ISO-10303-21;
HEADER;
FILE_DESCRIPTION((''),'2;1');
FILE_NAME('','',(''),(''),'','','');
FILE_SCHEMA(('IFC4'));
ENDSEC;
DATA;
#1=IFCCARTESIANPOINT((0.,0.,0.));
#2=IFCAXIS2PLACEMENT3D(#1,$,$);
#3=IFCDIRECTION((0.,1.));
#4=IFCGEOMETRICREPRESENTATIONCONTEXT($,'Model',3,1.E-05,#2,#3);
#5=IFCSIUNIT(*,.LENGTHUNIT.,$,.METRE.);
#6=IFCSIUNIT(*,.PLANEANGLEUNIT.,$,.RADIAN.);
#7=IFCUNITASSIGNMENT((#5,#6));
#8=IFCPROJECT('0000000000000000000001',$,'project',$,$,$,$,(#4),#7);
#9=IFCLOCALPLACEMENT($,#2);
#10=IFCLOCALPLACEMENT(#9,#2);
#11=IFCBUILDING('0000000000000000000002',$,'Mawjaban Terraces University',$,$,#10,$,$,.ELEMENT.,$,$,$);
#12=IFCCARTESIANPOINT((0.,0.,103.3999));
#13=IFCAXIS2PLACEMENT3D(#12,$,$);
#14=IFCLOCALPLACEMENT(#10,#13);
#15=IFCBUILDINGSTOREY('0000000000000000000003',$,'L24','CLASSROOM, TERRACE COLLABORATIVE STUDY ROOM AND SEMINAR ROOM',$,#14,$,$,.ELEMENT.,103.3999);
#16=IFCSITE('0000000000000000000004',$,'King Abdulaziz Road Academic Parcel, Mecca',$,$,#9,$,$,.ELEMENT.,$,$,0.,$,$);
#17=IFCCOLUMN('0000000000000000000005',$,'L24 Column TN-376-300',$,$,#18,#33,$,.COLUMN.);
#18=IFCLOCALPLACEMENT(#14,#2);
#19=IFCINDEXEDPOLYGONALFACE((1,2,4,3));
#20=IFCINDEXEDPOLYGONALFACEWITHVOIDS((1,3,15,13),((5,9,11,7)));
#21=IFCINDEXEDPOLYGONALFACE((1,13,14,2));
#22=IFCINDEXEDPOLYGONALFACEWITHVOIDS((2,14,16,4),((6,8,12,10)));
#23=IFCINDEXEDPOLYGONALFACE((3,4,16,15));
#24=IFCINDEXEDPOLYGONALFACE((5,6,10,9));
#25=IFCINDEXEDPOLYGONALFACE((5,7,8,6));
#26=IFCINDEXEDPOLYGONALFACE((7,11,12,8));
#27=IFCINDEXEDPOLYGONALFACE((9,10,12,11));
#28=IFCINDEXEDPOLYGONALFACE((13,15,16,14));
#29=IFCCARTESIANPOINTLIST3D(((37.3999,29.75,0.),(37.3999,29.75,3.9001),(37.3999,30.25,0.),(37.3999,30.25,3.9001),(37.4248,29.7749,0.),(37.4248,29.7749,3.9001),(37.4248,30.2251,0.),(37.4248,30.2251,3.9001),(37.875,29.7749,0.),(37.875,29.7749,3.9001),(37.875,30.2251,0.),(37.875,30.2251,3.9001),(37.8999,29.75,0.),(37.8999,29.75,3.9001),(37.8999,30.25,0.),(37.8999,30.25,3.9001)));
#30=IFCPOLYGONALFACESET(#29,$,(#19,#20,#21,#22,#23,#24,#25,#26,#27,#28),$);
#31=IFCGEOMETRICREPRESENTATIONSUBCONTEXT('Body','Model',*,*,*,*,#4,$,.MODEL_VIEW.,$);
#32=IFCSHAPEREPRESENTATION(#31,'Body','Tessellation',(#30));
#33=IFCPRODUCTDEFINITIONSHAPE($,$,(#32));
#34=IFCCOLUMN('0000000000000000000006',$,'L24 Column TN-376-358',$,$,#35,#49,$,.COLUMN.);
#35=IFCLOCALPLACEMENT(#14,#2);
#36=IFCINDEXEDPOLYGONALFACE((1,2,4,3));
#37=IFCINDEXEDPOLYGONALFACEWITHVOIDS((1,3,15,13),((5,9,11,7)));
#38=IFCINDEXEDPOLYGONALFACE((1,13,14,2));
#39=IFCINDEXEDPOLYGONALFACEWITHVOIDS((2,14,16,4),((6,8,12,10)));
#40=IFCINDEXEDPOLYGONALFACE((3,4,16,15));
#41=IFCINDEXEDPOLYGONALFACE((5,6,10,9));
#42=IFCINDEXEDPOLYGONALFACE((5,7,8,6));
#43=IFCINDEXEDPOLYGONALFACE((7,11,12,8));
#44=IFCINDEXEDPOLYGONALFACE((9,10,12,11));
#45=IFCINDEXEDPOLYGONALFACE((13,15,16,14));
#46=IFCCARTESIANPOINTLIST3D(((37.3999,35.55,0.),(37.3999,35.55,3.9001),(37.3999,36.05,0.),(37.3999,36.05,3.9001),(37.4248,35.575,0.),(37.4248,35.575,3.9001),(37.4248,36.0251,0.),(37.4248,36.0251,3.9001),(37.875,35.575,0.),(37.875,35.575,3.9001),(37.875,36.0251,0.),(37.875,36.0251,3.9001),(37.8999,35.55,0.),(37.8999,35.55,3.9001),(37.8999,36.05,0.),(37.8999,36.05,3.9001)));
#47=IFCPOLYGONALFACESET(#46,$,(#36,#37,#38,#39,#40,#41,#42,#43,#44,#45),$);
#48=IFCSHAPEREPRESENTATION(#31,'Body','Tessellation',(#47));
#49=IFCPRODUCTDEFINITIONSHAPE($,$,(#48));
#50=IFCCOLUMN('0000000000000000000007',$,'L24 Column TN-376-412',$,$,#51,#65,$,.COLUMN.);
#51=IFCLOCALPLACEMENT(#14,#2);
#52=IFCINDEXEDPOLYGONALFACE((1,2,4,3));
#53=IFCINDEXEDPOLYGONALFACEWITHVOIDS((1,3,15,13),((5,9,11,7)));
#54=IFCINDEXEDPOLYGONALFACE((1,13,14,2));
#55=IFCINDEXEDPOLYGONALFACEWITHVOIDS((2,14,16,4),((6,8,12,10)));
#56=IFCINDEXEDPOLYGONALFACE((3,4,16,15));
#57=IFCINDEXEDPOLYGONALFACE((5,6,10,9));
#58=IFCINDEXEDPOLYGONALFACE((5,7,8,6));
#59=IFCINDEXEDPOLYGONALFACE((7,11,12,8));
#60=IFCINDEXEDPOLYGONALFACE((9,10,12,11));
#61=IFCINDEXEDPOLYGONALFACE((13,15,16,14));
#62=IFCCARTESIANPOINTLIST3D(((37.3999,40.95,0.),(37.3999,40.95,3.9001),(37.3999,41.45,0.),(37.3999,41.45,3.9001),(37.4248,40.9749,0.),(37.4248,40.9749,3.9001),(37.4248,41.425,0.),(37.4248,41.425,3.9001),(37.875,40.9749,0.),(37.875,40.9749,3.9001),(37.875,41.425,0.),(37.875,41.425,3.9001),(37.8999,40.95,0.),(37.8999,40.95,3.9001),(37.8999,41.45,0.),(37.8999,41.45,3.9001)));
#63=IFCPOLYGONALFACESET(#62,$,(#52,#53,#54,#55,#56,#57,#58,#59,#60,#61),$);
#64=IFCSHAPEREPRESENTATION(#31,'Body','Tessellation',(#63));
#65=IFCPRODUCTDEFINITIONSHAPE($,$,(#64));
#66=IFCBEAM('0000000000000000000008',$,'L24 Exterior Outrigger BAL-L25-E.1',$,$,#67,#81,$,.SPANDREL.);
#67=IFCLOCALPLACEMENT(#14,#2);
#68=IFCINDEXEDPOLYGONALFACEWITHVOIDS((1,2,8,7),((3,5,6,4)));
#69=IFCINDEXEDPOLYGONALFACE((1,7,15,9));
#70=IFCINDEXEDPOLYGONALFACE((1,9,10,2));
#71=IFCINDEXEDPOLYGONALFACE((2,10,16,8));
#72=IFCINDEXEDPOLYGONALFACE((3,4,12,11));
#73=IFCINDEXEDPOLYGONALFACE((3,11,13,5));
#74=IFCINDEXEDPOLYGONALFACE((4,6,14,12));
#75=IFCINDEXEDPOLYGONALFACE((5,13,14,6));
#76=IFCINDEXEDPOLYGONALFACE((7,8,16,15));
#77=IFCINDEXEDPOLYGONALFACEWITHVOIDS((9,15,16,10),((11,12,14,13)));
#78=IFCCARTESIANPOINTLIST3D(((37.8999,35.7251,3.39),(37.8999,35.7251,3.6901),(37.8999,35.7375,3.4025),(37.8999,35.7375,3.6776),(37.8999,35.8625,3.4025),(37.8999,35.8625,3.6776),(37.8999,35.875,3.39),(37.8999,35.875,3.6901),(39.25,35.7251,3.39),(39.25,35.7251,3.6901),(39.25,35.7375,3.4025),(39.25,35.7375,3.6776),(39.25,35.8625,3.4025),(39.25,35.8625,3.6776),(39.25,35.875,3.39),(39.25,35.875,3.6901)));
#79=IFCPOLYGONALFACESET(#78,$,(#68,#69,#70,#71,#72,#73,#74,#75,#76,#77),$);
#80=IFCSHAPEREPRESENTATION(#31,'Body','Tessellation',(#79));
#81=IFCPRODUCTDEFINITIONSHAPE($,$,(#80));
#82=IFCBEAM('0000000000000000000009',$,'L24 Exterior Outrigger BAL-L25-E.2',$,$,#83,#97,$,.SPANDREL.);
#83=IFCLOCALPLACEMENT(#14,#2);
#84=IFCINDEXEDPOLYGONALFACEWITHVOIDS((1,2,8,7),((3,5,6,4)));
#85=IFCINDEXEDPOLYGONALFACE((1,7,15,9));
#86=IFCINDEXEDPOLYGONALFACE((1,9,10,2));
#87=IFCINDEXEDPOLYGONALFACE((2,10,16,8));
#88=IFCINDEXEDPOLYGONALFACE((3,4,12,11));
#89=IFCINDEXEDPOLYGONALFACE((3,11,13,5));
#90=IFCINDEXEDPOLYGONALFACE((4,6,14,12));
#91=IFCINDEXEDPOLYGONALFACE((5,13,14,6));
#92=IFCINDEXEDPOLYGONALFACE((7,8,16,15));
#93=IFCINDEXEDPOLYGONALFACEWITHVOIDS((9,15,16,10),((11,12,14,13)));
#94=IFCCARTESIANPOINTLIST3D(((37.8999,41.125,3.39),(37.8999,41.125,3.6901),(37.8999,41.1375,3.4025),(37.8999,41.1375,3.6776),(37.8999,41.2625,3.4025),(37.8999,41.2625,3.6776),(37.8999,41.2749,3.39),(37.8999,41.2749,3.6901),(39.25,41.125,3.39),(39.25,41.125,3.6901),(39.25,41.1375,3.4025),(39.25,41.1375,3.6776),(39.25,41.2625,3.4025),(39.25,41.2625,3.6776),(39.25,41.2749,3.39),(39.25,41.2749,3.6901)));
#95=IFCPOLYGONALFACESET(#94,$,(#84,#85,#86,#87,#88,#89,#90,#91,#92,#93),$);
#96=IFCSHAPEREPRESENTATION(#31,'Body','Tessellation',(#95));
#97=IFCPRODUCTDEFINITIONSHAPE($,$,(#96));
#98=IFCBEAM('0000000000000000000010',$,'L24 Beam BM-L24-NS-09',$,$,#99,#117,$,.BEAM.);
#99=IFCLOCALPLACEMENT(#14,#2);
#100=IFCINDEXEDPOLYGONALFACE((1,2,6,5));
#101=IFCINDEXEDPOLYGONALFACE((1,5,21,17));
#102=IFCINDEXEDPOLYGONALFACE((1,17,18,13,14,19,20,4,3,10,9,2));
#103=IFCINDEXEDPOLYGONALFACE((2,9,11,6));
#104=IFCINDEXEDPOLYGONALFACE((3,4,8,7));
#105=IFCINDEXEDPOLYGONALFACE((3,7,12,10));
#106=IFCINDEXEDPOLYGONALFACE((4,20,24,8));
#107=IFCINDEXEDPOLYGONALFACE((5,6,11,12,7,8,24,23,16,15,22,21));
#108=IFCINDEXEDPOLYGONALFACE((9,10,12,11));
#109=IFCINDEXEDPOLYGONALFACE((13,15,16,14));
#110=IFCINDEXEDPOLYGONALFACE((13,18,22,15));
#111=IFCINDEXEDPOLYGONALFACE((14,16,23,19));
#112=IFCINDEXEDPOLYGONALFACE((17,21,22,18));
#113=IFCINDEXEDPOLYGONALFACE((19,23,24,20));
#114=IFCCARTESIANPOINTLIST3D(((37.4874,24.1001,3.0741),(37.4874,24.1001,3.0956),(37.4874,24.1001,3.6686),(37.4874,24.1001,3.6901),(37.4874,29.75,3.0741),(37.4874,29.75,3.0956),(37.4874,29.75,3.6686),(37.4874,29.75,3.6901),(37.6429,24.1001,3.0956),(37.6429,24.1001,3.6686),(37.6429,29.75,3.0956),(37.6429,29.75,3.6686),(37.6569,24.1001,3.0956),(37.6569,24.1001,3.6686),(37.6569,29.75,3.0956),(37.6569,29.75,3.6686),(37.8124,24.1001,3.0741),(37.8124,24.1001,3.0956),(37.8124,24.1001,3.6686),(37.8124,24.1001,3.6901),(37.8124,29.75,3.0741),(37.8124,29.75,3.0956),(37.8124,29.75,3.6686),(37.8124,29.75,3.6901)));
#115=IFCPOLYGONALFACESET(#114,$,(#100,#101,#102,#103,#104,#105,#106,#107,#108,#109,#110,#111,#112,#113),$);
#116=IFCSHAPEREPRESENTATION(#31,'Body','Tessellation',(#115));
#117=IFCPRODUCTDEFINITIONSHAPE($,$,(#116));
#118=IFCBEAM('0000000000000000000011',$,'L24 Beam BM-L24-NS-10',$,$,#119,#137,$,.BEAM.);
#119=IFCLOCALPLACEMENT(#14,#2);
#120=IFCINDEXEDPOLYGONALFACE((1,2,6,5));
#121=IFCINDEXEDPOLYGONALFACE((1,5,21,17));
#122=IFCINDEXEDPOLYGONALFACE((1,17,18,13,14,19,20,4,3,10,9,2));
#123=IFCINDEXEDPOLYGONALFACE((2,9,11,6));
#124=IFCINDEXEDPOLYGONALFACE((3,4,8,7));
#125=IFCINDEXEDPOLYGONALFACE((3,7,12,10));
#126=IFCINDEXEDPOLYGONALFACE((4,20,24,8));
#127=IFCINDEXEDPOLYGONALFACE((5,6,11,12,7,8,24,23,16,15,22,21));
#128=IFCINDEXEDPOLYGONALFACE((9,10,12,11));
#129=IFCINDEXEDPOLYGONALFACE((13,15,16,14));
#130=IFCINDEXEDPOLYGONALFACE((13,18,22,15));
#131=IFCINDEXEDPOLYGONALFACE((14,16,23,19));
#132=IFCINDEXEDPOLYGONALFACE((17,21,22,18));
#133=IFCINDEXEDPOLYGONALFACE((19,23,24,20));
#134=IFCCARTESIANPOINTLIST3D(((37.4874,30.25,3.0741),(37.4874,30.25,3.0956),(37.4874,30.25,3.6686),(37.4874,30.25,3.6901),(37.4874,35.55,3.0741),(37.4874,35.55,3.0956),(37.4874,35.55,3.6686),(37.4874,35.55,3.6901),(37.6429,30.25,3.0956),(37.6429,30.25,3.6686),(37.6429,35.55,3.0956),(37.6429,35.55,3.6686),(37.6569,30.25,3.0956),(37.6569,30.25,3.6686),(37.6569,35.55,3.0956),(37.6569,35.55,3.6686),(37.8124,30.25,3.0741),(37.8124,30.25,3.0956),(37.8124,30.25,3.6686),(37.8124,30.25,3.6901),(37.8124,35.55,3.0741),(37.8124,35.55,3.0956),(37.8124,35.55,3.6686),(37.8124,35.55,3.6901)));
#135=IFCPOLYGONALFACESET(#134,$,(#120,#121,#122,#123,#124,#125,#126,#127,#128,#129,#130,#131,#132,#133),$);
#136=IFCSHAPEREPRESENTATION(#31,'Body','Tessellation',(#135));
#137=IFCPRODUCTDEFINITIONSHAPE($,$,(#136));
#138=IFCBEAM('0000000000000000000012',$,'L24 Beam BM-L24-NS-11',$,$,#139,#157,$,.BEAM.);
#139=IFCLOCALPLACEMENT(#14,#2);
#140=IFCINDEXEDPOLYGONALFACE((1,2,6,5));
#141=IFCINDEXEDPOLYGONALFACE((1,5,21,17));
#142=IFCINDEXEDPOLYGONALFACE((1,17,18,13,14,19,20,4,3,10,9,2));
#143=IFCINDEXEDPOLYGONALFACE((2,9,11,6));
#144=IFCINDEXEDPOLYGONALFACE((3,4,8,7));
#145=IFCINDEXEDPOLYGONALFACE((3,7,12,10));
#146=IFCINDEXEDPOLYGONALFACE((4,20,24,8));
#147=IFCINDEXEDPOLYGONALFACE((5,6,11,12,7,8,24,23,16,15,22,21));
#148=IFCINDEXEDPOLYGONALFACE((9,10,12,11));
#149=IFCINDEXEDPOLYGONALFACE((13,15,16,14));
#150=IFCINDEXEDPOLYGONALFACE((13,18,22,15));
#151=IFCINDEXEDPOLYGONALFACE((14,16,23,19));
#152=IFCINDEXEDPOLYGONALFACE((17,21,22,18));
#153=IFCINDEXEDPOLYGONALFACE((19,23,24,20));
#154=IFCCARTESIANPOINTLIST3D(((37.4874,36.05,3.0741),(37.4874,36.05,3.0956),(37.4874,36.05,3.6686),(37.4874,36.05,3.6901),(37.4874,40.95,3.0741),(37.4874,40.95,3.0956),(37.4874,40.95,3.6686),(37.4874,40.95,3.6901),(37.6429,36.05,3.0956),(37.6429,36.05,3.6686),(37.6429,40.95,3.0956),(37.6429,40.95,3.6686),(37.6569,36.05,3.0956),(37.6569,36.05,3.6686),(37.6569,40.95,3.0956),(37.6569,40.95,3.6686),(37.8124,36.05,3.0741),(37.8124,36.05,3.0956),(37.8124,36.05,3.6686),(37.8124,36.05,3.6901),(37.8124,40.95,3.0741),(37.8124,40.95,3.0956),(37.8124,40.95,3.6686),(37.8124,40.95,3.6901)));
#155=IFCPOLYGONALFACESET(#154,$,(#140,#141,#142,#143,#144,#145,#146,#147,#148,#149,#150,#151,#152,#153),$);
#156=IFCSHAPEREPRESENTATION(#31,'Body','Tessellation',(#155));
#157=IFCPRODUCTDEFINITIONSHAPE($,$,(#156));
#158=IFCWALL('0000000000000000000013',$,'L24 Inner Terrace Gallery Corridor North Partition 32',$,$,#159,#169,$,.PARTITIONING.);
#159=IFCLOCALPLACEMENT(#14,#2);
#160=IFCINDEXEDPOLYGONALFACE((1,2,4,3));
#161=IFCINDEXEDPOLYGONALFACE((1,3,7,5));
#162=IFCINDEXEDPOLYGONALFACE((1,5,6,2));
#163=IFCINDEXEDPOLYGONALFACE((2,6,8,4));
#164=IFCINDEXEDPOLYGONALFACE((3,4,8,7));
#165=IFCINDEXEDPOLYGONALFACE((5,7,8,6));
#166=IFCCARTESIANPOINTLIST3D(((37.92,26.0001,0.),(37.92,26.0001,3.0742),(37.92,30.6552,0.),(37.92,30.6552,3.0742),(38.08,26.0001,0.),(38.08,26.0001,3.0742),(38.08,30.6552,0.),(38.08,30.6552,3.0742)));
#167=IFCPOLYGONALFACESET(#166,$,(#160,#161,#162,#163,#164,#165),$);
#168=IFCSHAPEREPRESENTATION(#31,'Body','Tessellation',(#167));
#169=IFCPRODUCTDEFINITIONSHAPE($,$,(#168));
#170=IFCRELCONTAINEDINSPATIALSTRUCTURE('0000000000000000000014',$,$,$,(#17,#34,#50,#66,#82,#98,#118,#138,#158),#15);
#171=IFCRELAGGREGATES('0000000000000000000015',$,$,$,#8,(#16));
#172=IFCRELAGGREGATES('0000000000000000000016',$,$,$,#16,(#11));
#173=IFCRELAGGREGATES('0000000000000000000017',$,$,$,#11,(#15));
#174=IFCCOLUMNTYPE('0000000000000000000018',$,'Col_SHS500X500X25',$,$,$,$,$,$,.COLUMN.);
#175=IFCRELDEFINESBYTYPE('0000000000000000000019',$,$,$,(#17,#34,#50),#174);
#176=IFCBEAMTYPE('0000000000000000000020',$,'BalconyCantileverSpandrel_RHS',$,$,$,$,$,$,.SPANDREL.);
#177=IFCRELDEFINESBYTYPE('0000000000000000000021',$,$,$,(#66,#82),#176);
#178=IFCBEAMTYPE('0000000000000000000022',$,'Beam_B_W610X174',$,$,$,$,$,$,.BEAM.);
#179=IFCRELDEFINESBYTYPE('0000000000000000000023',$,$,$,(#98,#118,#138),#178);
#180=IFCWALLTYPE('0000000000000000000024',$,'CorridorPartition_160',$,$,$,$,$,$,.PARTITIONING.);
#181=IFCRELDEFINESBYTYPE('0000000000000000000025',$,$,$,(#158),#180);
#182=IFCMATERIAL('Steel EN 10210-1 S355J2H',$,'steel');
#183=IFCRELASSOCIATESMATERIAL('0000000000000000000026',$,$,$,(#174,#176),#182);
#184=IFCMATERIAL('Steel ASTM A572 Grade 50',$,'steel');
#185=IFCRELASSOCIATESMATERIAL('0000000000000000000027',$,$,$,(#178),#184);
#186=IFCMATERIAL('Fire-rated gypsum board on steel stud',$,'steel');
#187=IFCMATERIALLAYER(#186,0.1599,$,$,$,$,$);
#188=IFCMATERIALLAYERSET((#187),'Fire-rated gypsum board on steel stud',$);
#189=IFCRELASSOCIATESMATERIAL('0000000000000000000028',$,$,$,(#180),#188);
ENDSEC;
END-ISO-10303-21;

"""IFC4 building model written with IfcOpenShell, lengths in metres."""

from ifc_helpers import new_model, si_unit, direction, frame, frame_2d, origin, origin_2d, place, context, subcontext, project, spatial, rectangle, hollow_rectangle, i_section, extrude, material, layer, layer_set, material_profile, profile_set, type_object, element, save


model = new_model("IFC4")

# Units and contexts
model_context = context("Model", 3, precision=1e-05, world=origin(), true_north=direction((0.0, 1.0)))
body_context = subcontext(model_context, "Body", "Model", "MODEL_VIEW")
ifc_project = project(units=[si_unit("LENGTHUNIT", "METRE"), si_unit("PLANEANGLEUNIT", "RADIAN")], contexts=[model_context])

# Site, building, storey
site_placement = place(None, origin())
site = spatial("IfcSite", under=ifc_project, at=site_placement, Name="King Abdulaziz Road Academic Parcel, Mecca", CompositionType="ELEMENT", RefElevation=0.0)
building_placement = place(site_placement, origin())
building = spatial("IfcBuilding", under=site, at=building_placement, Name="Mawjaban Terraces University", CompositionType="ELEMENT")
storey_placement = place(building_placement, frame((0.0, 0.0, 103.3999)))
storey = spatial("IfcBuildingStorey", under=building, at=storey_placement, Name="L24", Description="CLASSROOM, TERRACE COLLABORATIVE STUDY ROOM AND SEMINAR ROOM", CompositionType="ELEMENT", Elevation=103.3999)

# Columns
ifc_material_1 = material(Name="Steel EN 10210-1 S355J2H", Category="steel")
ifc_material_profile_1 = material_profile(ifc_material_1, hollow_rectangle(XDim=0.5, YDim=0.5, WallThickness=0.0249, at=origin_2d()), Name="SHS500X500X25")
ifc_profile_set_1 = profile_set([ifc_material_profile_1], Name="Steel EN 10210-1 S355J2H")
column_type = type_object("IfcColumnType", Name="Col_SHS500X500X25", PredefinedType="COLUMN", material=ifc_profile_set_1)
for number, where, z_axis, x_axis, name in (
    (1, (37.6499, 30.0, 0.0), (0.0, 0.0, 1.0), (1.0, 0.0, 0.0), "L24 Column TN-376-300"),
    (2, (37.6499, 35.8, 0.0), (0.0, 0.0, 1.0), (1.0, 0.0, 0.0), "L24 Column TN-376-358"),
    (3, (37.6499, 41.2, 0.0), (0.0, 0.0, 1.0), (1.0, 0.0, 0.0), "L24 Column TN-376-412"),
):
    element("IfcColumn", number, at=place(storey_placement, frame(where, z_axis=z_axis, x_axis=x_axis)), inside=storey, type_object=column_type, Name=name, PredefinedType="COLUMN", context=body_context, shape_type="SweptSolid", body=[
        extrude(hollow_rectangle(XDim=0.5, YDim=0.5, WallThickness=0.0249, at=origin_2d()), origin(), (0.0, 0.0, 1.0), 3.9001),
    ])

# Beams
ifc_material_profile_2 = material_profile(ifc_material_1, hollow_rectangle(XDim=0.1499, YDim=0.3, WallThickness=0.0125, at=origin_2d()), Name="RHS300X150X12.5")
ifc_profile_set_2 = profile_set([ifc_material_profile_2], Name="Steel EN 10210-1 S355J2H")
beam_type_1 = type_object("IfcBeamType", Name="BalconyCantileverSpandrel_RHS", PredefinedType="SPANDREL", material=ifc_profile_set_2)
for number, where, z_axis, x_axis, name in (
    (4, (37.8999, 35.8, 3.54), (1.0, 0.0, 0.0), (0.0, 1.0, 0.0), "L24 Exterior Outrigger BAL-L25-E.1"),
    (5, (37.8999, 41.2, 3.54), (1.0, 0.0, 0.0), (0.0, 1.0, 0.0), "L24 Exterior Outrigger BAL-L25-E.2"),
):
    element("IfcBeam", number, at=place(storey_placement, frame(where, z_axis=z_axis, x_axis=x_axis)), inside=storey, type_object=beam_type_1, Name=name, PredefinedType="SPANDREL", context=body_context, shape_type="SweptSolid", body=[
        extrude(hollow_rectangle(XDim=0.1499, YDim=0.3, WallThickness=0.0125, at=origin_2d()), origin(), (0.0, 0.0, 1.0), 1.3501),
    ])
ifc_material_2 = material(Name="Steel ASTM A572 Grade 50", Category="steel")
ifc_material_profile_3 = material_profile(ifc_material_2, i_section(OverallWidth=0.325, OverallDepth=0.616, WebThickness=0.0139, FlangeThickness=0.0215, at=origin_2d()), Name="W610X174")
ifc_profile_set_3 = profile_set([ifc_material_profile_3], Name="Steel ASTM A572 Grade 50")
beam_type_2 = type_object("IfcBeamType", Name="Beam_B_W610X174", PredefinedType="BEAM", material=ifc_profile_set_3)
beam_1_placement = place(storey_placement, frame((37.6499, 24.1001, 3.3821), z_axis=(0.0, 1.0, 0.0), x_axis=(-1.0, 0.0, 0.0)))
element("IfcBeam", 6, at=beam_1_placement, inside=storey, type_object=beam_type_2, Name="L24 Beam BM-L24-NS-09", PredefinedType="BEAM", context=body_context, shape_type="SweptSolid", body=[
    extrude(i_section(OverallWidth=0.325, OverallDepth=0.616, WebThickness=0.0139, FlangeThickness=0.0215, at=origin_2d()), origin(), (0.0, 0.0, 1.0), 5.6499),
])
beam_2_placement = place(storey_placement, frame((37.6499, 30.25, 3.3821), z_axis=(0.0, 1.0, 0.0), x_axis=(-1.0, 0.0, 0.0)))
element("IfcBeam", 7, at=beam_2_placement, inside=storey, type_object=beam_type_2, Name="L24 Beam BM-L24-NS-10", PredefinedType="BEAM", context=body_context, shape_type="SweptSolid", body=[
    extrude(i_section(OverallWidth=0.325, OverallDepth=0.616, WebThickness=0.0139, FlangeThickness=0.0215, at=origin_2d()), origin(), (0.0, 0.0, 1.0), 5.3),
])
beam_3_placement = place(storey_placement, frame((37.6499, 36.05, 3.3821), z_axis=(0.0, 1.0, 0.0), x_axis=(-1.0, 0.0, 0.0)))
element("IfcBeam", 8, at=beam_3_placement, inside=storey, type_object=beam_type_2, Name="L24 Beam BM-L24-NS-11", PredefinedType="BEAM", context=body_context, shape_type="SweptSolid", body=[
    extrude(i_section(OverallWidth=0.325, OverallDepth=0.616, WebThickness=0.0139, FlangeThickness=0.0215, at=origin_2d()), origin(), (0.0, 0.0, 1.0), 4.8999),
])

# Wall
ifc_material_3 = material(Name="Fire-rated gypsum board on steel stud", Category="steel")
ifc_layer_1 = layer(ifc_material_3, 0.1599)
ifc_layer_set_1 = layer_set([ifc_layer_1], Name="Fire-rated gypsum board on steel stud")
wall_type_1 = type_object("IfcWallType", Name="CorridorPartition_160", PredefinedType="PARTITIONING", material=ifc_layer_set_1)
wall_1_placement = place(storey_placement, frame((38.0, 26.0, 0.0), z_axis=(0.0, 0.0, 1.0), x_axis=(0.0, 1.0, 0.0)))
element("IfcWall", 9, at=wall_1_placement, inside=storey, type_object=wall_type_1, Name="L24 Inner Terrace Gallery Corridor North Partition 32", PredefinedType="PARTITIONING", context=body_context, shape_type="SweptSolid", body=[
    extrude(rectangle(XDim=4.655, YDim=0.1599, at=frame_2d((2.3276, 0.0))), origin(), (0.0, 0.0, 1.0), 3.0742),
])

save(model, "model.ifc")
